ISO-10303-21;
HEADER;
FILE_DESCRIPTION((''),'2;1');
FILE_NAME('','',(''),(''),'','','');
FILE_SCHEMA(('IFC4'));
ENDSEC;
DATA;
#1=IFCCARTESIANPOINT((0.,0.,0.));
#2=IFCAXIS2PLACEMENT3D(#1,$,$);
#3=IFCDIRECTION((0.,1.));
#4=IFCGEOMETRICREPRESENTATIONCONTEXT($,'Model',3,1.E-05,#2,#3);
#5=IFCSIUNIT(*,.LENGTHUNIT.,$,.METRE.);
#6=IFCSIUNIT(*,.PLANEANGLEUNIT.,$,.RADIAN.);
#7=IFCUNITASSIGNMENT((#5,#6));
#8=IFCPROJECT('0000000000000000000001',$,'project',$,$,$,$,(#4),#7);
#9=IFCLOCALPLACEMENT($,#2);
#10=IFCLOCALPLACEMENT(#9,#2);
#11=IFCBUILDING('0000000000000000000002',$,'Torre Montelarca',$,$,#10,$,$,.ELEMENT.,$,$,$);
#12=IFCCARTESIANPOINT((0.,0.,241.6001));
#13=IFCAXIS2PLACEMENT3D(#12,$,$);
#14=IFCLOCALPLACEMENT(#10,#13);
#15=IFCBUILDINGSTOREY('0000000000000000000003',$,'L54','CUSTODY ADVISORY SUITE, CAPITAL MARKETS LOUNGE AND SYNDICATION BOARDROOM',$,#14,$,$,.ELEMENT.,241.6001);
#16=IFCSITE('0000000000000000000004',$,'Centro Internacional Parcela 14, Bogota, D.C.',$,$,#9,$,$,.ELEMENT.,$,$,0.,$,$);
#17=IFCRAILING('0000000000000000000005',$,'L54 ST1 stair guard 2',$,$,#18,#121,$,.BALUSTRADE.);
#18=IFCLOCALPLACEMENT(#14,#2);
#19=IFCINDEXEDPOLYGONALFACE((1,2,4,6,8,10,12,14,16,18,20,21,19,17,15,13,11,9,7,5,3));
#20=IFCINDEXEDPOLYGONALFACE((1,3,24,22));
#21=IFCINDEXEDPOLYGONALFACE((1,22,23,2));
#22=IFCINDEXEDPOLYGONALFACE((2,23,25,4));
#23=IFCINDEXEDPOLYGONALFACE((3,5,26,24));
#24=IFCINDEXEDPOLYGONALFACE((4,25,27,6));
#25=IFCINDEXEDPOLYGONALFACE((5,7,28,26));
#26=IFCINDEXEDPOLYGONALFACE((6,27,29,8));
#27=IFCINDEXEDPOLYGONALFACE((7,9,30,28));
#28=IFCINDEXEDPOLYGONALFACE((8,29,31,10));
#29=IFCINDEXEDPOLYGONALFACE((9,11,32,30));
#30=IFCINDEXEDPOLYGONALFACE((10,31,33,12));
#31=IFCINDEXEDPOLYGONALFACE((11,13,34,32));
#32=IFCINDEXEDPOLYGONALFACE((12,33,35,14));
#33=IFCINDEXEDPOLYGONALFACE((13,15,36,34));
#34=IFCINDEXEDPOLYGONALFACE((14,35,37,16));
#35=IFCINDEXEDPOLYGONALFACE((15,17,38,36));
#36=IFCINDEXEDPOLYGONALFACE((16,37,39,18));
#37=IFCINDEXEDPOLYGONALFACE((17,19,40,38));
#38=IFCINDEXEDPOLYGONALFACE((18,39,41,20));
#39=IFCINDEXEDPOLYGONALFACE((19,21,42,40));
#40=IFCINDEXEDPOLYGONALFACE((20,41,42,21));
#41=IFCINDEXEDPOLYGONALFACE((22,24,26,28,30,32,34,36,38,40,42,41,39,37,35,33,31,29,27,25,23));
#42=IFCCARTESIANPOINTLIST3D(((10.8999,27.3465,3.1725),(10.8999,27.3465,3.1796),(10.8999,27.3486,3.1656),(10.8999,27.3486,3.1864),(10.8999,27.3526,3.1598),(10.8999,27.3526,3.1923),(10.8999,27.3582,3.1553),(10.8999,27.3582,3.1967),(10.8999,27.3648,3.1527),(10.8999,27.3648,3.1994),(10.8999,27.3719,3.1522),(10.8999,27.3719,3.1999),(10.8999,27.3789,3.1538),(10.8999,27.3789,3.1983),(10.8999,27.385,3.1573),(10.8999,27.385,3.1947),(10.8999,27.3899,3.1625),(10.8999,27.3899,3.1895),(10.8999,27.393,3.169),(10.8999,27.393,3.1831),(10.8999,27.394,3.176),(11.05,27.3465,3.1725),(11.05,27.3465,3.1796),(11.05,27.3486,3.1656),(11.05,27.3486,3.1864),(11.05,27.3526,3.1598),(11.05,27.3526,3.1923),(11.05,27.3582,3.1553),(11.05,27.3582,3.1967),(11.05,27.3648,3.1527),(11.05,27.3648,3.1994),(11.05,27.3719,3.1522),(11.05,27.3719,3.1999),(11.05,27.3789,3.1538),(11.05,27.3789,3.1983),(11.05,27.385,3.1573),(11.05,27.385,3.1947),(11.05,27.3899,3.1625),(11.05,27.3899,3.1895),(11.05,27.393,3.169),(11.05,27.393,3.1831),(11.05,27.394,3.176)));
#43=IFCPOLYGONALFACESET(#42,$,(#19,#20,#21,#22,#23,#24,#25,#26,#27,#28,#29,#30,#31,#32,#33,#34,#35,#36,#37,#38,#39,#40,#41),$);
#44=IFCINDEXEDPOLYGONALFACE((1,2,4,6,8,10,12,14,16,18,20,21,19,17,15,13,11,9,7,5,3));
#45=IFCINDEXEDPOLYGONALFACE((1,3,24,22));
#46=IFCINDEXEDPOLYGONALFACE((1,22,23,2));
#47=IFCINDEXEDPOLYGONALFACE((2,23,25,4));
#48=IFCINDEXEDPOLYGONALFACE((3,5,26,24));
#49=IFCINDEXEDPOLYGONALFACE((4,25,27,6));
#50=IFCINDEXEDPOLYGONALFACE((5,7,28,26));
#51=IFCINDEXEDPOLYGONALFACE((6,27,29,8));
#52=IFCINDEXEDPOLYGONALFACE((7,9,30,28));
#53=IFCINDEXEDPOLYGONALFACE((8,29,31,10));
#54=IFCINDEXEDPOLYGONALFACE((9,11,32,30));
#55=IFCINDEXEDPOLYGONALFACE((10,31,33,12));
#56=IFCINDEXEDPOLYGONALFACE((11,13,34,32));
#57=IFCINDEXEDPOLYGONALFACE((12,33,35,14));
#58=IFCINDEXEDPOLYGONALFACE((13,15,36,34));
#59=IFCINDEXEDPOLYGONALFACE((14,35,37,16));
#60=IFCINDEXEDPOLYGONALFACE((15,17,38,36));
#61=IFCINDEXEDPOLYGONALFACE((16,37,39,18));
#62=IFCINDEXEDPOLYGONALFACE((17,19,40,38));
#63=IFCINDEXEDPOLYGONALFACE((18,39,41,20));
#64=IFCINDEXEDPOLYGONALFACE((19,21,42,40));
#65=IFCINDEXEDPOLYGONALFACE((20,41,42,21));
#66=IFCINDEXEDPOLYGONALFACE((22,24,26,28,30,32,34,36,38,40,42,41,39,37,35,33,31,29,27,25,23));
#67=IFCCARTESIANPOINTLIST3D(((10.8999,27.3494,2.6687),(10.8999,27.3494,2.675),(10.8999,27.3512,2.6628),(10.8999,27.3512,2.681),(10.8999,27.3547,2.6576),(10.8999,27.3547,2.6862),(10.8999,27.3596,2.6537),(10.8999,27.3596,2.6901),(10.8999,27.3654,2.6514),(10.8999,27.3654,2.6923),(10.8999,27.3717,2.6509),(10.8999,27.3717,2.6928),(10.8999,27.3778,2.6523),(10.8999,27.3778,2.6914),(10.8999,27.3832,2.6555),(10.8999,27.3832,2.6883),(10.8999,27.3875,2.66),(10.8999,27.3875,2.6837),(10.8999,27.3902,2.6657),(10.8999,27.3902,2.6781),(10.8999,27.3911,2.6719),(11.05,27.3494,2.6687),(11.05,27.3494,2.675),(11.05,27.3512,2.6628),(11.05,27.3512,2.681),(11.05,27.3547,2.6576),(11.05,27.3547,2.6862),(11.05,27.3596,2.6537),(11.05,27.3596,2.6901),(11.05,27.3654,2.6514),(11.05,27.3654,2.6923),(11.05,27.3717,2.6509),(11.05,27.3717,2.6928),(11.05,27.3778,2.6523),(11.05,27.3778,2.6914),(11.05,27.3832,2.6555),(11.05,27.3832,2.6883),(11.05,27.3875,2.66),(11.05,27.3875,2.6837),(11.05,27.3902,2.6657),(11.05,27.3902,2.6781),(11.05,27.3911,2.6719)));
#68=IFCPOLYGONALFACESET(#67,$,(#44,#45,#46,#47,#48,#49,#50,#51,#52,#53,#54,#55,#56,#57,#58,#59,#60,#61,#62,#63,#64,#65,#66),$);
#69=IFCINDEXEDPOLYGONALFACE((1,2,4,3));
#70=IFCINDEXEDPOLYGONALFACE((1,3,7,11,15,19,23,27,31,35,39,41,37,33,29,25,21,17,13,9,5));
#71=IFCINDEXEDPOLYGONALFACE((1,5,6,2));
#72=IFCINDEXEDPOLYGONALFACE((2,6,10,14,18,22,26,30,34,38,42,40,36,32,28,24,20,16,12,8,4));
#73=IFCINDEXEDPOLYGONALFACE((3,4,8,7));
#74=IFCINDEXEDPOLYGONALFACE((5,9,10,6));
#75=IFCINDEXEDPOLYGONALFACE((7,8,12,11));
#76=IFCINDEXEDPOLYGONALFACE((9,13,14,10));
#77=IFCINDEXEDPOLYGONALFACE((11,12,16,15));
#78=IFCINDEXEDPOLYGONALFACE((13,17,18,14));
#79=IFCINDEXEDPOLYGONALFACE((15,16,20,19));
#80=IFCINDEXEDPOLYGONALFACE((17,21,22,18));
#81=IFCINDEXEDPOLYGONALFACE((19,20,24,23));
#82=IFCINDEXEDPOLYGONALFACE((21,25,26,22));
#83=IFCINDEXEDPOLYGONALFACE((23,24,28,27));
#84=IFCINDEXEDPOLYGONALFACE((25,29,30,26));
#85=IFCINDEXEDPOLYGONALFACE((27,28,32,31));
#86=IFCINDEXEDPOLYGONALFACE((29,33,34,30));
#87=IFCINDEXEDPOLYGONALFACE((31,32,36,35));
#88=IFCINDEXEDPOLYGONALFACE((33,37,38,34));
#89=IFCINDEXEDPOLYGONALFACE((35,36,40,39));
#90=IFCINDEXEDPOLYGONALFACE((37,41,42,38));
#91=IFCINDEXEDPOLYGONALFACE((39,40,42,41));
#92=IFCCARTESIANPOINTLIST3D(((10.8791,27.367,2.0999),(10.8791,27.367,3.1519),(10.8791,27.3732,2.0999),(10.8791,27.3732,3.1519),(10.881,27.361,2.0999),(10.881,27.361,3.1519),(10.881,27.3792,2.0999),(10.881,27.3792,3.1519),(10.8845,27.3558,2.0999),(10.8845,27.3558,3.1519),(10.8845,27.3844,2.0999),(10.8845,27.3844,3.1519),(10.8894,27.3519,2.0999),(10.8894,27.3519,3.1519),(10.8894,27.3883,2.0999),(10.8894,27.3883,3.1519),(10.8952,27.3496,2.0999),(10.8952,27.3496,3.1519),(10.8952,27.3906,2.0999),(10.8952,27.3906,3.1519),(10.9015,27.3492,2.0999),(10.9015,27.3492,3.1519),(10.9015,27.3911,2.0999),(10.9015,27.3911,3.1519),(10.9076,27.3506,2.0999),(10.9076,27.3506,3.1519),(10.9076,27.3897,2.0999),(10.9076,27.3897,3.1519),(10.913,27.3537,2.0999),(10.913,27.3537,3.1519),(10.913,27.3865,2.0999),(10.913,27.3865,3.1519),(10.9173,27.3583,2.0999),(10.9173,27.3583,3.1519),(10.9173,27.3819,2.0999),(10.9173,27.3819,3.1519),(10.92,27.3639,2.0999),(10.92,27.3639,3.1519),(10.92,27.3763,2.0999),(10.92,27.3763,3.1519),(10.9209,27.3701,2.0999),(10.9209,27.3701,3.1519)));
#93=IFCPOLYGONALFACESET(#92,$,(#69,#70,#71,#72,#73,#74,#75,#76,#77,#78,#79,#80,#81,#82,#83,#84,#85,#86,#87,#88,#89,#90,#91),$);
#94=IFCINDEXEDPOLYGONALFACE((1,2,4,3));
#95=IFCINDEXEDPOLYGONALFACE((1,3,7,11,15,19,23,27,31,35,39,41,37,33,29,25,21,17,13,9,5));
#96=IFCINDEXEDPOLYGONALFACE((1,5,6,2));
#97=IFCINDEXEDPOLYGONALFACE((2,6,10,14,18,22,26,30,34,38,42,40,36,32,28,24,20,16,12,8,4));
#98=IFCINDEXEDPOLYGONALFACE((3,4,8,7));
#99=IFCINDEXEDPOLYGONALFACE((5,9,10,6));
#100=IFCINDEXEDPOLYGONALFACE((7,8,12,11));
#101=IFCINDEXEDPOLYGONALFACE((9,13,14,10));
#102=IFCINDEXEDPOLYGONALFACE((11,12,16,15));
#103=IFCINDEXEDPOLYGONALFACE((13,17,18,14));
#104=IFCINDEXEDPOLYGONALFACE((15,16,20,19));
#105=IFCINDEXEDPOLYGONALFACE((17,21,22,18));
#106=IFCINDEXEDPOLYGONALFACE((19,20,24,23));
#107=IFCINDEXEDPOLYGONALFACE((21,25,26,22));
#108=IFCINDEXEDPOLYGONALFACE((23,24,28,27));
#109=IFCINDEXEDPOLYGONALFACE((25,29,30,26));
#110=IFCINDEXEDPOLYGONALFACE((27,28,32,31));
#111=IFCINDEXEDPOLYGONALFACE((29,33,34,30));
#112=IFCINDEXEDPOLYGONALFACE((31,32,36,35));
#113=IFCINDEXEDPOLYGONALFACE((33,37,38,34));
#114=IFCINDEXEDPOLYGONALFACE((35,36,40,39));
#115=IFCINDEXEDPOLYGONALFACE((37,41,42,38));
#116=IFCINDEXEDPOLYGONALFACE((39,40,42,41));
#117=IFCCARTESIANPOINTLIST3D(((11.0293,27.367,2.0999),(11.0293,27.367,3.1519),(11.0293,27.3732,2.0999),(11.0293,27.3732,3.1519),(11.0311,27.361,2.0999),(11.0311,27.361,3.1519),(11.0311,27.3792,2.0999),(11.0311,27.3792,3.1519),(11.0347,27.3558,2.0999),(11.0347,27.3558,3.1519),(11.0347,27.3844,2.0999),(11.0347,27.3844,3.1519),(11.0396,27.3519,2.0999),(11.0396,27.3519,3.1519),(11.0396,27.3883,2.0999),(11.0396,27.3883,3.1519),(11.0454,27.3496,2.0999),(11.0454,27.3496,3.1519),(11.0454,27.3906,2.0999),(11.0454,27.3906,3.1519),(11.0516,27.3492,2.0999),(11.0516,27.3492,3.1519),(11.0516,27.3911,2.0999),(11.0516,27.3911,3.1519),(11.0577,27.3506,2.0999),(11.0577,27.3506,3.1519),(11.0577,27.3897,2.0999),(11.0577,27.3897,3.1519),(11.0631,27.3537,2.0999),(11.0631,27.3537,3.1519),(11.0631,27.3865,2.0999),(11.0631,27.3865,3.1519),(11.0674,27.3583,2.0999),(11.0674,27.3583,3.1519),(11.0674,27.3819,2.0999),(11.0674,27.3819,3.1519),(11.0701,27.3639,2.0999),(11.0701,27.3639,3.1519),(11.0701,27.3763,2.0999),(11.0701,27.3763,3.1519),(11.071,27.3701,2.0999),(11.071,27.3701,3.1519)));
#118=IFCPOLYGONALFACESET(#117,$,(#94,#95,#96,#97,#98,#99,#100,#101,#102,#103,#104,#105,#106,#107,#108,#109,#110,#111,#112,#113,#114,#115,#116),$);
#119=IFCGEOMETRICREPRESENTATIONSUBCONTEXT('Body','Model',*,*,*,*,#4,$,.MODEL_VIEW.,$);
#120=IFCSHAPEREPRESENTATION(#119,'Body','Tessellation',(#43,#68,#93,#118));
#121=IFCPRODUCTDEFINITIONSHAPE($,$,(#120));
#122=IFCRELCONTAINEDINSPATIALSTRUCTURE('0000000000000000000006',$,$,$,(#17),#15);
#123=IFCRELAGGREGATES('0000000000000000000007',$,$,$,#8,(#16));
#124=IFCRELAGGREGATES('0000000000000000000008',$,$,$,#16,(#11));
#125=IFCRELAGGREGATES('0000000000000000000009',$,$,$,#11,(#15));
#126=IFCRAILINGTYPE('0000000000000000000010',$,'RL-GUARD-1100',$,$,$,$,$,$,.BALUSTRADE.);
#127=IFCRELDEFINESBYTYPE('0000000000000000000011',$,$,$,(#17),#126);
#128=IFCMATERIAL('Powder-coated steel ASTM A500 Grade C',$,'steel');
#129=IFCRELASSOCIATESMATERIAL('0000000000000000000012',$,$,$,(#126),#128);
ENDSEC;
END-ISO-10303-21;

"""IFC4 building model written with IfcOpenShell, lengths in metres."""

from ifc_helpers import new_model, si_unit, direction, frame, origin, origin_2d, place, context, subcontext, project, spatial, circle, extrude, material, type_object, element, save


model = new_model("IFC4")

# Units and contexts
model_context = context("Model", 3, precision=1e-05, world=origin(), true_north=direction((0.0, 1.0)))
body_context = subcontext(model_context, "Body", "Model", "MODEL_VIEW")
ifc_project = project(units=[si_unit("LENGTHUNIT", "METRE"), si_unit("PLANEANGLEUNIT", "RADIAN")], contexts=[model_context])

# Site, building, storey
site_placement = place(None, origin())
site = spatial("IfcSite", under=ifc_project, at=site_placement, Name="Centro Internacional Parcela 14, Bogota, D.C.", CompositionType="ELEMENT", RefElevation=0.0)
building_placement = place(site_placement, origin())
building = spatial("IfcBuilding", under=site, at=building_placement, Name="Torre Montelarca", CompositionType="ELEMENT")
storey_placement = place(building_placement, frame((0.0, 0.0, 241.6001)))
storey = spatial("IfcBuildingStorey", under=building, at=storey_placement, Name="L54", Description="CUSTODY ADVISORY SUITE, CAPITAL MARKETS LOUNGE AND SYNDICATION BOARDROOM", CompositionType="ELEMENT", Elevation=241.6001)

# Railing
ifc_material_1 = material(Name="Powder-coated steel ASTM A500 Grade C", Category="steel")
railing_type_1 = type_object("IfcRailingType", Name="RL-GUARD-1100", PredefinedType="BALUSTRADE", material=ifc_material_1)
railing_1_placement = place(storey_placement, frame((10.8999, 27.3701, 2.0999)))
element("IfcRailing", 1, at=railing_1_placement, inside=storey, type_object=railing_type_1, Name="L54 ST1 stair guard 2", PredefinedType="BALUSTRADE", context=body_context, shape_type="SweptSolid", body=[
    extrude(circle(Radius=0.0239, at=origin_2d()), frame((0.0, 0.0, 1.0762), z_axis=(1.0, 0.0, 0.0), x_axis=(0.0, 1.0, 0.0)), (0.0, 0.0, 1.0), 0.1501),
    extrude(circle(Radius=0.021, at=origin_2d()), frame((0.0, 0.0, 0.572), z_axis=(1.0, 0.0, 0.0), x_axis=(0.0, 1.0, 0.0)), (0.0, 0.0, 1.0), 0.1501),
    extrude(circle(Radius=0.021, at=origin_2d()), origin(), (0.0, 0.0, 1.0), 1.052),
    extrude(circle(Radius=0.021, at=origin_2d()), frame((0.1501, 0.0, 0.0)), (0.0, 0.0, 1.0), 1.052),
])

save(model, "model.ifc")
